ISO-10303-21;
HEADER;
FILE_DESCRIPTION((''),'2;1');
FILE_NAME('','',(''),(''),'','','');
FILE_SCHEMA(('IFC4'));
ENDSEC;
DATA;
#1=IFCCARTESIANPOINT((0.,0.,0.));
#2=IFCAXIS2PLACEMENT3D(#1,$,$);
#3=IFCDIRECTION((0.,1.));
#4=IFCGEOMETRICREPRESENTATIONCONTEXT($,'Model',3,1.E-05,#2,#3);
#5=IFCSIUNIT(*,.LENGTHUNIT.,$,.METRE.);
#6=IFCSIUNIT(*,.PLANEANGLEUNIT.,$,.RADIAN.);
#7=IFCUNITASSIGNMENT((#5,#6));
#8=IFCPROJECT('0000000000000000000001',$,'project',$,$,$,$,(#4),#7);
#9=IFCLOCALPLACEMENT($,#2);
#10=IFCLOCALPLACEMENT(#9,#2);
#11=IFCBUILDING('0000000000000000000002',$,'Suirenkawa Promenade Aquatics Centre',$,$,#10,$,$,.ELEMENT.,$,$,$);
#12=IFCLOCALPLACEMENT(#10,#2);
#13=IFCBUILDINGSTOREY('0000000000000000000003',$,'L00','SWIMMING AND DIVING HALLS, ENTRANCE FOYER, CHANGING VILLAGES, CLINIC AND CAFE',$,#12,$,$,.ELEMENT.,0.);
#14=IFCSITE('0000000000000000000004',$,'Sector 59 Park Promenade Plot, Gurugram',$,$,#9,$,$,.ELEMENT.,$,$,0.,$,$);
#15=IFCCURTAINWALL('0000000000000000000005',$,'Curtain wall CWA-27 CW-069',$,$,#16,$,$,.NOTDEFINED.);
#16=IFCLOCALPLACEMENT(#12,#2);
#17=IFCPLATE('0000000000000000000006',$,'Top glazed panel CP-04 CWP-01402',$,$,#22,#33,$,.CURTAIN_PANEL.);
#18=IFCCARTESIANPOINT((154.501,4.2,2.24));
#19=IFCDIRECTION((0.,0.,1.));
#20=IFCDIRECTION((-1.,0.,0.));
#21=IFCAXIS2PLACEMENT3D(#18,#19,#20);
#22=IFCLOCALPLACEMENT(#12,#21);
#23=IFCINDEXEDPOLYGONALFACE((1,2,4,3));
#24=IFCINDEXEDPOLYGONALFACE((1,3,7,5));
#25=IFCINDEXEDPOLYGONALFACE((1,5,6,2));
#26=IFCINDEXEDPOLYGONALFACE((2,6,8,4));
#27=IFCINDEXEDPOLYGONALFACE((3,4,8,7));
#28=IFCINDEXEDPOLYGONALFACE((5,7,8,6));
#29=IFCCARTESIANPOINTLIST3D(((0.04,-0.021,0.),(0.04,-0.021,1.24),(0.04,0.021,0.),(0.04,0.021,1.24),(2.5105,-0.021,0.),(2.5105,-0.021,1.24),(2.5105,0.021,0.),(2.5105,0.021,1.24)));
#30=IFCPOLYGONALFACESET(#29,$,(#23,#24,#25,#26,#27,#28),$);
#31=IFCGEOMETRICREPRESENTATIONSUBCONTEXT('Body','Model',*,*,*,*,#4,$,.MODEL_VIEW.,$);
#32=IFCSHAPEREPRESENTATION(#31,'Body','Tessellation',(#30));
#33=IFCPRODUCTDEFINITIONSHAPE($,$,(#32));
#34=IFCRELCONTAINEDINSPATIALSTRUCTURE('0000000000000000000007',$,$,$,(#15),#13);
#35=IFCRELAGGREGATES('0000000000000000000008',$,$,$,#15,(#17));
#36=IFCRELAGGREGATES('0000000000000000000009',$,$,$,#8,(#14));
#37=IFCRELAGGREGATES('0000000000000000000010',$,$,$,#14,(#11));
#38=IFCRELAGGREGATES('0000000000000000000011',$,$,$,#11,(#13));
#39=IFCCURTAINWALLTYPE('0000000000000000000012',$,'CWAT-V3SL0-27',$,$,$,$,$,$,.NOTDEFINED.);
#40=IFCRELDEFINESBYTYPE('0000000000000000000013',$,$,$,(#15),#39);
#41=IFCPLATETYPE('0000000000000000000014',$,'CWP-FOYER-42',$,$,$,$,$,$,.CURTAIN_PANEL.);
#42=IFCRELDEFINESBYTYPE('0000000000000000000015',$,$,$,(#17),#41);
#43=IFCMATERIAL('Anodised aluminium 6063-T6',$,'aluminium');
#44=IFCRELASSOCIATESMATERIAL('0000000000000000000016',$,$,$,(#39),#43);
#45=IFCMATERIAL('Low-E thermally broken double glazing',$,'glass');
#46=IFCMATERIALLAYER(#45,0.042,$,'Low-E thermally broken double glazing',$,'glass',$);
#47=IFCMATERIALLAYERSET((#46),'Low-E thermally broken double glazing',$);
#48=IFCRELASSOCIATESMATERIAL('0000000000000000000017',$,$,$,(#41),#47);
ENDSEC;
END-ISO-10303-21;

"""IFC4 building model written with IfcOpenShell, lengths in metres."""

from ifc_helpers import new_model, si_unit, direction, frame, origin, place, context, subcontext, project, spatial, polyline, outline, extrude, material, layer, layer_set, type_object, element, aggregate, save


model = new_model("IFC4")

# Units and contexts
model_context = context("Model", 3, precision=1e-05, world=origin(), true_north=direction((0.0, 1.0)))
body_context = subcontext(model_context, "Body", "Model", "MODEL_VIEW")
ifc_project = project(units=[si_unit("LENGTHUNIT", "METRE"), si_unit("PLANEANGLEUNIT", "RADIAN")], contexts=[model_context])

# Site, building, storey
site_placement = place(None, origin())
site = spatial("IfcSite", under=ifc_project, at=site_placement, Name="Sector 59 Park Promenade Plot, Gurugram", CompositionType="ELEMENT", RefElevation=0.0)
building_placement = place(site_placement, origin())
building = spatial("IfcBuilding", under=site, at=building_placement, Name="Suirenkawa Promenade Aquatics Centre", CompositionType="ELEMENT")
storey_placement = place(building_placement, origin())
storey = spatial("IfcBuildingStorey", under=building, at=storey_placement, Name="L00", Description="SWIMMING AND DIVING HALLS, ENTRANCE FOYER, CHANGING VILLAGES, CLINIC AND CAFE", CompositionType="ELEMENT", Elevation=0.0)

# Curtain wall, plate
ifc_material_1 = material(Name="Anodised aluminium 6063-T6", Category="aluminium")
curtain_wall_type = type_object("IfcCurtainWallType", Name="CWAT-V3SL0-27", PredefinedType="NOTDEFINED", material=ifc_material_1)
curtain_wall_placement = place(storey_placement, origin())
curtain_wall = element("IfcCurtainWall", 1, at=curtain_wall_placement, inside=storey, type_object=curtain_wall_type, Name="Curtain wall CWA-27 CW-069", PredefinedType="NOTDEFINED")
ifc_material_2 = material(Name="Low-E thermally broken double glazing", Category="glass")
ifc_layer_1 = layer(ifc_material_2, 0.042, Name="Low-E thermally broken double glazing", Category="glass")
ifc_layer_set_1 = layer_set([ifc_layer_1], Name="Low-E thermally broken double glazing")
plate_type = type_object("IfcPlateType", Name="CWP-FOYER-42", PredefinedType="CURTAIN_PANEL", material=ifc_layer_set_1)
plate_1_placement = place(storey_placement, frame((154.501, 4.2, 2.24), z_axis=(0.0, 0.0, 1.0), x_axis=(-1.0, 0.0, 0.0)))
plate_1 = element("IfcPlate", 2, at=plate_1_placement, type_object=plate_type, Name="Top glazed panel CP-04 CWP-01402", PredefinedType="CURTAIN_PANEL", context=body_context, shape_type="SweptSolid", body=[
    extrude(outline(polyline([(0.04, 0.0), (2.5105, 0.0), (2.5105, 1.24), (0.04, 1.24), (0.04, 0.0)])), frame((0.0, 0.021, 0.0), z_axis=(0.0, -1.0, 0.0), x_axis=(1.0, 0.0, 0.0)), (0.0, 0.0, 1.0), 0.042),
])
aggregate(curtain_wall, [plate_1])

save(model, "model.ifc")
